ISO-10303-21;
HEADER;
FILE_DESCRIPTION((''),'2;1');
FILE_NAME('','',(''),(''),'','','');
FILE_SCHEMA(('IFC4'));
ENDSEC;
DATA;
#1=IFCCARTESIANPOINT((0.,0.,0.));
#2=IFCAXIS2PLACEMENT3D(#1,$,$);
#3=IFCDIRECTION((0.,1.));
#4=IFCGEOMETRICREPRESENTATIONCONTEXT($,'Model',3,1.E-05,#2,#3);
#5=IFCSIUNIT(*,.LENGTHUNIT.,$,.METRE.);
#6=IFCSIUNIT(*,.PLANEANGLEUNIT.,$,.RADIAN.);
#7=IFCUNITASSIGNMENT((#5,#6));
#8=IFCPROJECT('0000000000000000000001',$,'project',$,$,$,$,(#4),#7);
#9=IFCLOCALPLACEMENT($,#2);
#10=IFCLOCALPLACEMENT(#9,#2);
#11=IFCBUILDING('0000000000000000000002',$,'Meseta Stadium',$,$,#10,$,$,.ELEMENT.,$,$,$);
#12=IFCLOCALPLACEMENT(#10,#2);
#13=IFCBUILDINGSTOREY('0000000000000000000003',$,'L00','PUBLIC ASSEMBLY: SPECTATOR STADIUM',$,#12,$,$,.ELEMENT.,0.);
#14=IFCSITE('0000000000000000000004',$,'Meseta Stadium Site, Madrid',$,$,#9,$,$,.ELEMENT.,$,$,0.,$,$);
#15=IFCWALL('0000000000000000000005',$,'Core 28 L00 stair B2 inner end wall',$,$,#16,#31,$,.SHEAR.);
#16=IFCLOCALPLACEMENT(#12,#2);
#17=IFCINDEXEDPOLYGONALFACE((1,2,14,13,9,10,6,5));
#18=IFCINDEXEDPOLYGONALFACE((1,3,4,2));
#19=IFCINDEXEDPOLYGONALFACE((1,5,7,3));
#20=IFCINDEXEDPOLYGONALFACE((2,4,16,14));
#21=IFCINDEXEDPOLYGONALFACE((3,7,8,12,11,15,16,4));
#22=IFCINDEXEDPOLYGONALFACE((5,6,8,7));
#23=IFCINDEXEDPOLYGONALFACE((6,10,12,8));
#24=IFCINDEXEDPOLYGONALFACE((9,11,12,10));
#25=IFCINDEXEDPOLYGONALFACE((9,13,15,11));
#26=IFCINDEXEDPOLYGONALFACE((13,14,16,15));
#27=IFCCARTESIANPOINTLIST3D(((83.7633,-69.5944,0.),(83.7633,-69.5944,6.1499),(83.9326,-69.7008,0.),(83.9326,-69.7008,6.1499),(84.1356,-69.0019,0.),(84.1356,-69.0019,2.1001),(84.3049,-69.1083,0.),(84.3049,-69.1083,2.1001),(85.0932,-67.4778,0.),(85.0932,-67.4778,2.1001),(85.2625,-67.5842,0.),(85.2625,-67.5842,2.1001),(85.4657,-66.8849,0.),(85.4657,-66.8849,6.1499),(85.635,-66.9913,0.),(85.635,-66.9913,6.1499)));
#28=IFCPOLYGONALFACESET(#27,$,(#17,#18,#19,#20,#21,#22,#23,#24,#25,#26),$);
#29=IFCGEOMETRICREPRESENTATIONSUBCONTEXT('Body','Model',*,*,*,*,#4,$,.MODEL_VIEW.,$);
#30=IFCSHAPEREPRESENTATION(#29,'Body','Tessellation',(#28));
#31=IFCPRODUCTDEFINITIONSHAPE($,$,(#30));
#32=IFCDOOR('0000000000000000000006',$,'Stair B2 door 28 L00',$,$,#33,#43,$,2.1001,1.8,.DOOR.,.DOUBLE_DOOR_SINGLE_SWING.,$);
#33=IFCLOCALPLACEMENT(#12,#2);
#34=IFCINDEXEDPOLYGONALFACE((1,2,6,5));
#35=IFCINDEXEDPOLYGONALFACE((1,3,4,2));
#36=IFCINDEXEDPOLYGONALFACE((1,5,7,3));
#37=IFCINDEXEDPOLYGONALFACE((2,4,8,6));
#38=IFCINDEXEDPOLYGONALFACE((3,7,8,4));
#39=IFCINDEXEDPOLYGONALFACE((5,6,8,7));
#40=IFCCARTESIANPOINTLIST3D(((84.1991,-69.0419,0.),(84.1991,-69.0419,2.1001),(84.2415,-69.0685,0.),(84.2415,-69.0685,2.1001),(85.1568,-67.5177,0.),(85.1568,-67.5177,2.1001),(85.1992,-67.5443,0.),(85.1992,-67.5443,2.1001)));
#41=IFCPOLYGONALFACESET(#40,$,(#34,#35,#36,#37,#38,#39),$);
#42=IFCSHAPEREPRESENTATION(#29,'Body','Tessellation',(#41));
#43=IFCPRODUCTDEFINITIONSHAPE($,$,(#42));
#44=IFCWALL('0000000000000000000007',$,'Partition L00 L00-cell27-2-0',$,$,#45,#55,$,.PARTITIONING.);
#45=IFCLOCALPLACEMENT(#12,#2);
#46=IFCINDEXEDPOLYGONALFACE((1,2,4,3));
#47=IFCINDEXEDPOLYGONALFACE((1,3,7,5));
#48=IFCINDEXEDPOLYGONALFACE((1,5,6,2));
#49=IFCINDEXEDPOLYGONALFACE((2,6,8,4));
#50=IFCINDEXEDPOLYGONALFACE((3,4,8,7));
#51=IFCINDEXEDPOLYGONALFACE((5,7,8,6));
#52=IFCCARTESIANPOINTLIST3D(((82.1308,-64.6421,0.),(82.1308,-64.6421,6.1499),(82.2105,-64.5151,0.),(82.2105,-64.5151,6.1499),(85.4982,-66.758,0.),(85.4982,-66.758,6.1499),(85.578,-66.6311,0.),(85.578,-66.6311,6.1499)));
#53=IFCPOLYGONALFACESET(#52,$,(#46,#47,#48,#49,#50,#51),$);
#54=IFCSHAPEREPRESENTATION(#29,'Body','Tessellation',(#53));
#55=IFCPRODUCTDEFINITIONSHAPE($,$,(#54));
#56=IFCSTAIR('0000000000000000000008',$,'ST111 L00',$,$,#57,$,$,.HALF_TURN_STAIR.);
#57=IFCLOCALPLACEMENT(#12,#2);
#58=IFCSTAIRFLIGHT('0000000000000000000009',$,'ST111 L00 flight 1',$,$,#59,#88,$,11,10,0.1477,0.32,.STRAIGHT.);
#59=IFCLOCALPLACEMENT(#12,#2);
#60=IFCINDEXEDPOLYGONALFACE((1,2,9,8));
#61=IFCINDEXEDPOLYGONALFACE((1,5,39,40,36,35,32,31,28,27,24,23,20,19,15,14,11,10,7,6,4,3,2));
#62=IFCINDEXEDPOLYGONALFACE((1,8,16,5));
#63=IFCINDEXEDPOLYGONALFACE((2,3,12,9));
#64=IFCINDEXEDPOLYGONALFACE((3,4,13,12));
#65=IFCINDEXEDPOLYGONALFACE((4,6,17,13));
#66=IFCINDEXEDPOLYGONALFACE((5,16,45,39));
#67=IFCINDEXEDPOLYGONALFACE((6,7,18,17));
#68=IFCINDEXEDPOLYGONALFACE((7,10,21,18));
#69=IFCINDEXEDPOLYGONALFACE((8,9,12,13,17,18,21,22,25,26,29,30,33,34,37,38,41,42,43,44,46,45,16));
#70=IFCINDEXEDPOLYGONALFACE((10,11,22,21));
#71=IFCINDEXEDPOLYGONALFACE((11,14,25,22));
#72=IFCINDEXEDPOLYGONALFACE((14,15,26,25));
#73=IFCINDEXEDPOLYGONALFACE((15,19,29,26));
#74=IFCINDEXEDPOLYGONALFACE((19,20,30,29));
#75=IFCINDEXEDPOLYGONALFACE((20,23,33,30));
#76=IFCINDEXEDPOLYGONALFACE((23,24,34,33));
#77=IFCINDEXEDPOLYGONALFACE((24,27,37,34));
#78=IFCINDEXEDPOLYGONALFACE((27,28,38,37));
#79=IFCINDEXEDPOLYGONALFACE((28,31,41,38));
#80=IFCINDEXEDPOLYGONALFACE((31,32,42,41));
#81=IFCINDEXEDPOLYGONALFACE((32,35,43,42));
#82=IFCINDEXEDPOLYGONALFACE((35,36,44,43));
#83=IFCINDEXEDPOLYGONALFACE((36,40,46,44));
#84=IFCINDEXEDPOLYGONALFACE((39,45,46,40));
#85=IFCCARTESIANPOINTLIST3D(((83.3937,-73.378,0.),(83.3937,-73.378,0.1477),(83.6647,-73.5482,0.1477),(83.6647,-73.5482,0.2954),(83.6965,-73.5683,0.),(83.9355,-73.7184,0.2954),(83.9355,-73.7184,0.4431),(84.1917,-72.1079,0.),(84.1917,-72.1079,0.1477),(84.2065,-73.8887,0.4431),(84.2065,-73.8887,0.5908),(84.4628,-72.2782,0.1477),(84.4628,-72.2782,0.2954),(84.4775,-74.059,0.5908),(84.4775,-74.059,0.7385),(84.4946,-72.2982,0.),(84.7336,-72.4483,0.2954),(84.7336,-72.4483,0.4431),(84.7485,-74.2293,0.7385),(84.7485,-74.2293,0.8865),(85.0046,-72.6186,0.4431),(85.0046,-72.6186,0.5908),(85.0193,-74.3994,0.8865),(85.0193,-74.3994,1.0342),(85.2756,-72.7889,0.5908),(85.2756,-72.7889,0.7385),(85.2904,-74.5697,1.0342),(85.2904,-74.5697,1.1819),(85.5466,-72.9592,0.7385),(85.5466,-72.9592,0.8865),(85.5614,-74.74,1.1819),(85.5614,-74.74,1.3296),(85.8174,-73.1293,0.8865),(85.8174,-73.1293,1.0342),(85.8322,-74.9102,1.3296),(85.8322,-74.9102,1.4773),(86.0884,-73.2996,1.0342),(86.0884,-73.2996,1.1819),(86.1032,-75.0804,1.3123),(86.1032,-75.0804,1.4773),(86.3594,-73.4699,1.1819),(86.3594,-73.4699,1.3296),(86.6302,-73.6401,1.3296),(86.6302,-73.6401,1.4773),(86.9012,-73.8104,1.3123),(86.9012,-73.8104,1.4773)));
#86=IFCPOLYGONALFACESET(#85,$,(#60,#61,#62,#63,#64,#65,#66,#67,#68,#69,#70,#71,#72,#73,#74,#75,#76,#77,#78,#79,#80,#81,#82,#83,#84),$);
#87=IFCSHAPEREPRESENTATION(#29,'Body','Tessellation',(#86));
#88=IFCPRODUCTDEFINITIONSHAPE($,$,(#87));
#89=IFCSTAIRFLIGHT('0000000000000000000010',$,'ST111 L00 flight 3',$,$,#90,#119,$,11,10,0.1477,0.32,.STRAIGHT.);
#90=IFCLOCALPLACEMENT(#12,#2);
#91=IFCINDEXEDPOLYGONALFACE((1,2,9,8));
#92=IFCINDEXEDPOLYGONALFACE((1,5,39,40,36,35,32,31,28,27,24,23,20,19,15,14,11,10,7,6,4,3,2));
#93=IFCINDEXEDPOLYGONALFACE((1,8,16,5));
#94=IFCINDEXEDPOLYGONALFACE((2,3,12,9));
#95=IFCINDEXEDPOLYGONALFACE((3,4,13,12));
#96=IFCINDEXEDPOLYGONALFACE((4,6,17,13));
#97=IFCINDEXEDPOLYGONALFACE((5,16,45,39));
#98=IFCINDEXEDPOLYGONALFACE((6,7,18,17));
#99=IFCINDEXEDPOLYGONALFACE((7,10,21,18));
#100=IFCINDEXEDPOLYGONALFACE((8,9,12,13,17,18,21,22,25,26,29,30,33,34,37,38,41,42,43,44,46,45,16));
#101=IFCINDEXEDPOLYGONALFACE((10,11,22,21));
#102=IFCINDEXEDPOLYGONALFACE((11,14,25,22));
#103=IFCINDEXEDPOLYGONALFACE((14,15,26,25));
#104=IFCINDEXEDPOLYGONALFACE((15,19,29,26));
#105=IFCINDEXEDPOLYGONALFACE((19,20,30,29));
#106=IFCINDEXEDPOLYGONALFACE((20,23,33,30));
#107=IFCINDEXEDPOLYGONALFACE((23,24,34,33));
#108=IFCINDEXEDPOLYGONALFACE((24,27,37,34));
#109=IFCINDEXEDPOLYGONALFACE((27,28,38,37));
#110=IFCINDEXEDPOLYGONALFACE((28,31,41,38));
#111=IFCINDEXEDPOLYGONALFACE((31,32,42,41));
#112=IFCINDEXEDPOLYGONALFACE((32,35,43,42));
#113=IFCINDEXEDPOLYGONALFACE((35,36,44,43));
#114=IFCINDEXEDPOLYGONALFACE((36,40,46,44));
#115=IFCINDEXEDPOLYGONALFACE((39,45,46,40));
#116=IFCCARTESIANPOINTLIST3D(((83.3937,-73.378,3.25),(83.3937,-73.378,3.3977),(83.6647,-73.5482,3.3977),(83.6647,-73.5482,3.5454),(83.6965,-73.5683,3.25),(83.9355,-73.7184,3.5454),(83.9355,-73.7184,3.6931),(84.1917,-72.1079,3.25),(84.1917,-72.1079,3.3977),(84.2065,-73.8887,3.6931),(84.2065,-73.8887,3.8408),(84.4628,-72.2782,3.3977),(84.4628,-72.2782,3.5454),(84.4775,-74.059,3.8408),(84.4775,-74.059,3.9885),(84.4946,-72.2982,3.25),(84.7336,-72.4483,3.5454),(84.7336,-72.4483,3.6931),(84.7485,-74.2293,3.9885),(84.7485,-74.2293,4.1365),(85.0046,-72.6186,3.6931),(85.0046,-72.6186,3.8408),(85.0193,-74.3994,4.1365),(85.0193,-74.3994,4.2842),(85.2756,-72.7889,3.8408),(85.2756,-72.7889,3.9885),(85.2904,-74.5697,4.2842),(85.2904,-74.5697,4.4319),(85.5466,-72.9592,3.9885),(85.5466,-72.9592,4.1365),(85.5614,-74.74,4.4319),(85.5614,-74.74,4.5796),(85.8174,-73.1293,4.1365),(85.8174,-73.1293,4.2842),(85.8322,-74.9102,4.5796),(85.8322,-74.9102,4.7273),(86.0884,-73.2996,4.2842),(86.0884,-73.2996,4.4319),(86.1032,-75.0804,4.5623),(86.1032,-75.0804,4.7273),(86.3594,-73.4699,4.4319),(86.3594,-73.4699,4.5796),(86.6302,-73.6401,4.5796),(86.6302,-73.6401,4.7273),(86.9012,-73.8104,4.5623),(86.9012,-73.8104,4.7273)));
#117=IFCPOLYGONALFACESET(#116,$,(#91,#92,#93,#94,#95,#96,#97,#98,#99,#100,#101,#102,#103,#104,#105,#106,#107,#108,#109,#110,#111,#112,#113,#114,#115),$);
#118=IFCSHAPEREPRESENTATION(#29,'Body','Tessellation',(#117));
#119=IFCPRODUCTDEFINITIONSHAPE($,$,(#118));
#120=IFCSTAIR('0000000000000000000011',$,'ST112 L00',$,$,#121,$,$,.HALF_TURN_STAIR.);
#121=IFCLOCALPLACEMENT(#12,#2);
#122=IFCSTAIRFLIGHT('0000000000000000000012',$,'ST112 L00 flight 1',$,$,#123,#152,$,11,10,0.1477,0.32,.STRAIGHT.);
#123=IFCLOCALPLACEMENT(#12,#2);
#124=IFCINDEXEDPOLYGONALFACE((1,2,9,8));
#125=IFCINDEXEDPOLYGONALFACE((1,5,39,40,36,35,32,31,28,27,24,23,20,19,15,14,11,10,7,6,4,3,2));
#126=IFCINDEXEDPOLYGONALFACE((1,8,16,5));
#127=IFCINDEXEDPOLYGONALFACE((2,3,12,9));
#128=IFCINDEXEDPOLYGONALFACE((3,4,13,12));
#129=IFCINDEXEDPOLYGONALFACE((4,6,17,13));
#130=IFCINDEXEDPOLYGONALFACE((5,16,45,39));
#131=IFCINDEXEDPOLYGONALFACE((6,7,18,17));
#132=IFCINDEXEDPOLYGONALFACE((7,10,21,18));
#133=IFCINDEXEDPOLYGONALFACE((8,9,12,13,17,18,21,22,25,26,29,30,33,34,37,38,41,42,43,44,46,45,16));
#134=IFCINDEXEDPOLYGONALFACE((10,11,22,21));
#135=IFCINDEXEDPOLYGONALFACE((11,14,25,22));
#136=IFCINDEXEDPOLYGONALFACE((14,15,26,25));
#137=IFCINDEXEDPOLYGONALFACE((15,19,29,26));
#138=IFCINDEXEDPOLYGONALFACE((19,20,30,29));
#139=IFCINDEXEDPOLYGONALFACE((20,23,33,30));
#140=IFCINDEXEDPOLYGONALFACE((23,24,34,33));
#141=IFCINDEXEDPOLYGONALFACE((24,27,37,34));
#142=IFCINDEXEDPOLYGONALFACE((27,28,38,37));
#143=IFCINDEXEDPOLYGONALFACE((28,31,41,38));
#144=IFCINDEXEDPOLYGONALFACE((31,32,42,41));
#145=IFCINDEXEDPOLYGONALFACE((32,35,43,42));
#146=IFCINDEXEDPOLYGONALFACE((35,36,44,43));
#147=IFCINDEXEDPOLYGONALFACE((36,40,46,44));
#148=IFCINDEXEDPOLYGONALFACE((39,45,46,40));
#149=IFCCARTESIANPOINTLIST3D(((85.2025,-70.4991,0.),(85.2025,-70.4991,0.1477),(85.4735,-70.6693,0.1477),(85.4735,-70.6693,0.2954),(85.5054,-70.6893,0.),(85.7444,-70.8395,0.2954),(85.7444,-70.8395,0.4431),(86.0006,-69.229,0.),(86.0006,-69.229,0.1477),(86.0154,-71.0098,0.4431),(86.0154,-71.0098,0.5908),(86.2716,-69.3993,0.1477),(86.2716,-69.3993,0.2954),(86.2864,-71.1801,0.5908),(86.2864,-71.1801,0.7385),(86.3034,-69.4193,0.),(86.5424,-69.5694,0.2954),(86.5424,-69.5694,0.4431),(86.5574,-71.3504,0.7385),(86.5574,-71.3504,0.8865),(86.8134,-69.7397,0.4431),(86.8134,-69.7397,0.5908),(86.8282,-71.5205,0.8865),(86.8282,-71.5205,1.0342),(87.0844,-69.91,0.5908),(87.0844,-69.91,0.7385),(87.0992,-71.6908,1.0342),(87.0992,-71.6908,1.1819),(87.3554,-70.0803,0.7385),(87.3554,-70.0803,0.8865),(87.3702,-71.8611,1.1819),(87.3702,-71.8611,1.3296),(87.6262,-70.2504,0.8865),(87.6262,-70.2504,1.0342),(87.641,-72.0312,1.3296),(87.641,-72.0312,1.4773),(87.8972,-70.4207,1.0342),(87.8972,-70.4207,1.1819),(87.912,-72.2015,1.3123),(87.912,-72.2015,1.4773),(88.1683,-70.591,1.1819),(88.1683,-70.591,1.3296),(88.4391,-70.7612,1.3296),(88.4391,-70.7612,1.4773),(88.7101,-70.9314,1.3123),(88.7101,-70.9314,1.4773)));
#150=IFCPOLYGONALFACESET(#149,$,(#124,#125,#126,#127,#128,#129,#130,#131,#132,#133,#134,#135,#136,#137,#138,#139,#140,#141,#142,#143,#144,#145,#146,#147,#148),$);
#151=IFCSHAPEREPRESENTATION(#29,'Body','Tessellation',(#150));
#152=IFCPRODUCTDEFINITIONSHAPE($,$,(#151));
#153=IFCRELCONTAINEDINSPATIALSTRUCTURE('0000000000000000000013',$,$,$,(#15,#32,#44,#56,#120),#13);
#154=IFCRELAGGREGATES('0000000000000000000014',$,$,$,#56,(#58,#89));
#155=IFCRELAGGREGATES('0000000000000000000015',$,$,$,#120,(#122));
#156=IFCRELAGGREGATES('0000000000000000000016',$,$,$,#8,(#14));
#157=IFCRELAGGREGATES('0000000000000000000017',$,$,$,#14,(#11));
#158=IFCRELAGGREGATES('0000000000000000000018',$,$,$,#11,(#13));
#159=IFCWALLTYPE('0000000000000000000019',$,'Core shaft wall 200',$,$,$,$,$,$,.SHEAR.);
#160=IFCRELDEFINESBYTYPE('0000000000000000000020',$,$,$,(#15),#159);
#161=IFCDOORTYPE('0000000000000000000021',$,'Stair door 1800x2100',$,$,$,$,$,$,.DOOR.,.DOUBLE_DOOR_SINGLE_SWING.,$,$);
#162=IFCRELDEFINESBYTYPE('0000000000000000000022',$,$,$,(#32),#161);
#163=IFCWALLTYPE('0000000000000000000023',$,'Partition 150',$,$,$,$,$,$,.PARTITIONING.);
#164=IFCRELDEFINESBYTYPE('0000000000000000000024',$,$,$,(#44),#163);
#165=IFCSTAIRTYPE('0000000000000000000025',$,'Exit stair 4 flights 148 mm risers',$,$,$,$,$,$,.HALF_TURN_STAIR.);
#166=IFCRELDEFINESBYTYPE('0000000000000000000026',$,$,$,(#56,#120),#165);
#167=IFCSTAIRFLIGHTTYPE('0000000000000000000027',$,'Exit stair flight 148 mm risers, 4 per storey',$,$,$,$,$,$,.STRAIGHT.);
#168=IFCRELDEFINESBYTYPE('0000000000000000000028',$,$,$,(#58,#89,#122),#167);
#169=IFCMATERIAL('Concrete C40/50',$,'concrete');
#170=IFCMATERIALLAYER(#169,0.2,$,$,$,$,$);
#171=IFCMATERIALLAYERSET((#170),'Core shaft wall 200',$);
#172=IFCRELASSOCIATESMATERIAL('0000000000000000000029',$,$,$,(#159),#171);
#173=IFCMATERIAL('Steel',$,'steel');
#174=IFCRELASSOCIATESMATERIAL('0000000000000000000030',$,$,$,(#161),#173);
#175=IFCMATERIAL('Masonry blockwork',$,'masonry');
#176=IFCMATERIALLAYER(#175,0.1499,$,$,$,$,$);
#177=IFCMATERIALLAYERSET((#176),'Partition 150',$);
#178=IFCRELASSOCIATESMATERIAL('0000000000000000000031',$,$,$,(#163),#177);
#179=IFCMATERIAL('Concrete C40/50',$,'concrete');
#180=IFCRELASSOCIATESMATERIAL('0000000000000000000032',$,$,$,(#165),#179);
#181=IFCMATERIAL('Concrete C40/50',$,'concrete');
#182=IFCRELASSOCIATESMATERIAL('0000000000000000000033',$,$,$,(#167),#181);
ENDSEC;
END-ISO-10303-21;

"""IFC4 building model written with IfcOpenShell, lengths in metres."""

from ifc_helpers import new_model, si_unit, direction, frame, frame_2d, origin, place, context, subcontext, project, spatial, polyline, rectangle, outline, extrude, material, layer, layer_set, type_object, element, fill, aggregate, save


model = new_model("IFC4")

# Units and contexts
model_context = context("Model", 3, precision=1e-05, world=origin(), true_north=direction((0.0, 1.0)))
body_context = subcontext(model_context, "Body", "Model", "MODEL_VIEW")
ifc_project = project(units=[si_unit("LENGTHUNIT", "METRE"), si_unit("PLANEANGLEUNIT", "RADIAN")], contexts=[model_context])

# Site, building, storey
site_placement = place(None, origin())
site = spatial("IfcSite", under=ifc_project, at=site_placement, Name="Meseta Stadium Site, Madrid", CompositionType="ELEMENT", RefElevation=0.0)
building_placement = place(site_placement, origin())
building = spatial("IfcBuilding", under=site, at=building_placement, Name="Meseta Stadium", CompositionType="ELEMENT")
storey_placement = place(building_placement, origin())
storey = spatial("IfcBuildingStorey", under=building, at=storey_placement, Name="L00", Description="PUBLIC ASSEMBLY: SPECTATOR STADIUM", CompositionType="ELEMENT", Elevation=0.0)

# Wall, opening, door
ifc_material_1 = material(Name="Concrete C40/50", Category="concrete")
ifc_layer_1 = layer(ifc_material_1, 0.2)
ifc_layer_set_1 = layer_set([ifc_layer_1], Name="Core shaft wall 200")
wall_type_1 = type_object("IfcWallType", Name="Core shaft wall 200", PredefinedType="SHEAR", material=ifc_layer_set_1)
wall_1_placement = place(storey_placement, frame((83.8479, -69.6477, 0.0), z_axis=(0.0, 0.0, 1.0), x_axis=(0.532014, 0.846736, 0.0)))
wall_1 = element("IfcWall", 1, at=wall_1_placement, inside=storey, type_object=wall_type_1, Name="Core 28 L00 stair B2 inner end wall", PredefinedType="SHEAR", context=body_context, shape_type="SweptSolid", body=[
    extrude(rectangle(XDim=3.2, YDim=0.2, at=frame_2d((1.6001, 0.0))), origin(), (0.0, 0.0, 1.0), 6.1499),
])
opening_placement = place(wall_1_placement, frame((0.7, 0.0, 0.0)))
opening = element("IfcOpeningElement", 2, at=opening_placement, cuts=wall_1, PredefinedType="OPENING", context=body_context, shape_type="SweptSolid", body=[
    extrude(rectangle(XDim=1.8, YDim=2.1001, at=frame_2d((0.8999, 1.05))), frame((0.0, 0.1099, 0.0), z_axis=(0.0, -1.0, 0.0), x_axis=(1.0, 0.0, 0.0)), (0.0, 0.0, 1.0), 0.22),
])
ifc_material_2 = material(Name="Steel", Category="steel")
door_type = type_object("IfcDoorType", Name="Stair door 1800x2100", OperationType="DOUBLE_DOOR_SINGLE_SWING", PredefinedType="DOOR", material=ifc_material_2)
door_placement = place(opening_placement, origin())
door = element("IfcDoor", 3, at=door_placement, inside=storey, type_object=door_type, Name="Stair B2 door 28 L00", OperationType="DOUBLE_DOOR_SINGLE_SWING", OverallHeight=2.1001, OverallWidth=1.8, PredefinedType="DOOR", context=body_context, shape_type="SweptSolid", body=[
    extrude(rectangle(XDim=1.8, YDim=2.1001, at=frame_2d((0.8999, 1.05))), frame((0.0, 0.0249, 0.0), z_axis=(0.0, -1.0, 0.0), x_axis=(1.0, 0.0, 0.0)), (0.0, 0.0, 1.0), 0.05),
])
fill(opening, door)

# Wall
ifc_material_3 = material(Name="Masonry blockwork", Category="masonry")
ifc_layer_2 = layer(ifc_material_3, 0.1499)
ifc_layer_set_2 = layer_set([ifc_layer_2], Name="Partition 150")
wall_type_2 = type_object("IfcWallType", Name="Partition 150", PredefinedType="PARTITIONING", material=ifc_layer_set_2)
wall_2_placement = place(storey_placement, frame((85.5381, -66.6946, 0.0), z_axis=(0.0, 0.0, 1.0), x_axis=(-0.846716, 0.532045, 0.0)))
element("IfcWall", 4, at=wall_2_placement, inside=storey, type_object=wall_type_2, Name="Partition L00 L00-cell27-2-0", PredefinedType="PARTITIONING", context=body_context, shape_type="SweptSolid", body=[
    extrude(rectangle(XDim=3.9771, YDim=0.1499, at=frame_2d((1.9885, 0.0))), origin(), (0.0, 0.0, 1.0), 6.1499),
])

# Stairs, stair flights
ifc_material_4 = material(Name="Concrete C40/50", Category="concrete")
stair_type = type_object("IfcStairType", Name="Exit stair 4 flights 148 mm risers", PredefinedType="HALF_TURN_STAIR", material=ifc_material_4)
stair_1_placement = place(storey_placement, origin())
stair_1 = element("IfcStair", 5, at=stair_1_placement, inside=storey, type_object=stair_type, Name="ST111 L00", PredefinedType="HALF_TURN_STAIR")
ifc_material_5 = material(Name="Concrete C40/50", Category="concrete")
stair_flight_type = type_object("IfcStairFlightType", Name="Exit stair flight 148 mm risers, 4 per storey", PredefinedType="STRAIGHT", material=ifc_material_5)
stair_flight_1_placement = place(storey_placement, frame((83.7927, -72.7429, 0.0), z_axis=(0.0, 0.0, 1.0), x_axis=(0.846724, -0.532032, 0.0)))
stair_flight_1 = element("IfcStairFlight", 6, at=stair_flight_1_placement, type_object=stair_flight_type, Name="ST111 L00 flight 1", NumberOfRisers=11, NumberOfTreads=10, PredefinedType="STRAIGHT", RiserHeight=0.1477, TreadLength=0.32, context=body_context, shape_type="SweptSolid", body=[
    extrude(outline(polyline([(0.0, 0.0), (0.0, 0.1477), (0.3201, 0.1477), (0.3201, 0.2954), (0.6399, 0.2954), (0.6399, 0.4431), (0.96, 0.4431), (0.96, 0.5908), (1.28, 0.5908), (1.28, 0.7385), (1.6001, 0.7385), (1.6001, 0.8865), (1.9199, 0.8865), (1.9199, 1.0342), (2.24, 1.0342), (2.24, 1.1819), (2.5601, 1.1819), (2.5601, 1.3296), (2.8799, 1.3296), (2.8799, 1.4773), (3.2, 1.4773), (3.2, 1.3123), (0.3577, 0.0), (0.0, 0.0)])), frame((0.0, 0.75, 0.0), z_axis=(0.0, -1.0, 0.0), x_axis=(1.0, 0.0, 0.0)), (0.0, 0.0, 1.0), 1.5),
])
stair_flight_2_placement = place(storey_placement, frame((83.7927, -72.7429, 3.25), z_axis=(0.0, 0.0, 1.0), x_axis=(0.846724, -0.532032, 0.0)))
stair_flight_2 = element("IfcStairFlight", 7, at=stair_flight_2_placement, type_object=stair_flight_type, Name="ST111 L00 flight 3", NumberOfRisers=11, NumberOfTreads=10, PredefinedType="STRAIGHT", RiserHeight=0.1477, TreadLength=0.32, context=body_context, shape_type="SweptSolid", body=[
    extrude(outline(polyline([(0.0, 0.0), (0.0, 0.1477), (0.3201, 0.1477), (0.3201, 0.2954), (0.6399, 0.2954), (0.6399, 0.4431), (0.96, 0.4431), (0.96, 0.5908), (1.28, 0.5908), (1.28, 0.7385), (1.6001, 0.7385), (1.6001, 0.8865), (1.9199, 0.8865), (1.9199, 1.0342), (2.24, 1.0342), (2.24, 1.1819), (2.5601, 1.1819), (2.5601, 1.3296), (2.8799, 1.3296), (2.8799, 1.4773), (3.2, 1.4773), (3.2, 1.3123), (0.3577, 0.0), (0.0, 0.0)])), frame((0.0, 0.75, 0.0), z_axis=(0.0, -1.0, 0.0), x_axis=(1.0, 0.0, 0.0)), (0.0, 0.0, 1.0), 1.5),
])
aggregate(stair_1, [stair_flight_1, stair_flight_2])
stair_2_placement = place(storey_placement, origin())
stair_2 = element("IfcStair", 8, at=stair_2_placement, inside=storey, type_object=stair_type, Name="ST112 L00", PredefinedType="HALF_TURN_STAIR")
stair_flight_3_placement = place(storey_placement, frame((85.6016, -69.864, 0.0), z_axis=(0.0, 0.0, 1.0), x_axis=(0.846724, -0.532032, 0.0)))
stair_flight_3 = element("IfcStairFlight", 9, at=stair_flight_3_placement, type_object=stair_flight_type, Name="ST112 L00 flight 1", NumberOfRisers=11, NumberOfTreads=10, PredefinedType="STRAIGHT", RiserHeight=0.1477, TreadLength=0.32, context=body_context, shape_type="SweptSolid", body=[
    extrude(outline(polyline([(0.0, 0.0), (0.0, 0.1477), (0.3201, 0.1477), (0.3201, 0.2954), (0.6399, 0.2954), (0.6399, 0.4431), (0.96, 0.4431), (0.96, 0.5908), (1.28, 0.5908), (1.28, 0.7385), (1.6001, 0.7385), (1.6001, 0.8865), (1.9199, 0.8865), (1.9199, 1.0342), (2.24, 1.0342), (2.24, 1.1819), (2.5601, 1.1819), (2.5601, 1.3296), (2.8799, 1.3296), (2.8799, 1.4773), (3.2, 1.4773), (3.2, 1.3123), (0.3577, 0.0), (0.0, 0.0)])), frame((0.0, 0.75, 0.0), z_axis=(0.0, -1.0, 0.0), x_axis=(1.0, 0.0, 0.0)), (0.0, 0.0, 1.0), 1.5),
])
aggregate(stair_2, [stair_flight_3])

save(model, "model.ifc")
